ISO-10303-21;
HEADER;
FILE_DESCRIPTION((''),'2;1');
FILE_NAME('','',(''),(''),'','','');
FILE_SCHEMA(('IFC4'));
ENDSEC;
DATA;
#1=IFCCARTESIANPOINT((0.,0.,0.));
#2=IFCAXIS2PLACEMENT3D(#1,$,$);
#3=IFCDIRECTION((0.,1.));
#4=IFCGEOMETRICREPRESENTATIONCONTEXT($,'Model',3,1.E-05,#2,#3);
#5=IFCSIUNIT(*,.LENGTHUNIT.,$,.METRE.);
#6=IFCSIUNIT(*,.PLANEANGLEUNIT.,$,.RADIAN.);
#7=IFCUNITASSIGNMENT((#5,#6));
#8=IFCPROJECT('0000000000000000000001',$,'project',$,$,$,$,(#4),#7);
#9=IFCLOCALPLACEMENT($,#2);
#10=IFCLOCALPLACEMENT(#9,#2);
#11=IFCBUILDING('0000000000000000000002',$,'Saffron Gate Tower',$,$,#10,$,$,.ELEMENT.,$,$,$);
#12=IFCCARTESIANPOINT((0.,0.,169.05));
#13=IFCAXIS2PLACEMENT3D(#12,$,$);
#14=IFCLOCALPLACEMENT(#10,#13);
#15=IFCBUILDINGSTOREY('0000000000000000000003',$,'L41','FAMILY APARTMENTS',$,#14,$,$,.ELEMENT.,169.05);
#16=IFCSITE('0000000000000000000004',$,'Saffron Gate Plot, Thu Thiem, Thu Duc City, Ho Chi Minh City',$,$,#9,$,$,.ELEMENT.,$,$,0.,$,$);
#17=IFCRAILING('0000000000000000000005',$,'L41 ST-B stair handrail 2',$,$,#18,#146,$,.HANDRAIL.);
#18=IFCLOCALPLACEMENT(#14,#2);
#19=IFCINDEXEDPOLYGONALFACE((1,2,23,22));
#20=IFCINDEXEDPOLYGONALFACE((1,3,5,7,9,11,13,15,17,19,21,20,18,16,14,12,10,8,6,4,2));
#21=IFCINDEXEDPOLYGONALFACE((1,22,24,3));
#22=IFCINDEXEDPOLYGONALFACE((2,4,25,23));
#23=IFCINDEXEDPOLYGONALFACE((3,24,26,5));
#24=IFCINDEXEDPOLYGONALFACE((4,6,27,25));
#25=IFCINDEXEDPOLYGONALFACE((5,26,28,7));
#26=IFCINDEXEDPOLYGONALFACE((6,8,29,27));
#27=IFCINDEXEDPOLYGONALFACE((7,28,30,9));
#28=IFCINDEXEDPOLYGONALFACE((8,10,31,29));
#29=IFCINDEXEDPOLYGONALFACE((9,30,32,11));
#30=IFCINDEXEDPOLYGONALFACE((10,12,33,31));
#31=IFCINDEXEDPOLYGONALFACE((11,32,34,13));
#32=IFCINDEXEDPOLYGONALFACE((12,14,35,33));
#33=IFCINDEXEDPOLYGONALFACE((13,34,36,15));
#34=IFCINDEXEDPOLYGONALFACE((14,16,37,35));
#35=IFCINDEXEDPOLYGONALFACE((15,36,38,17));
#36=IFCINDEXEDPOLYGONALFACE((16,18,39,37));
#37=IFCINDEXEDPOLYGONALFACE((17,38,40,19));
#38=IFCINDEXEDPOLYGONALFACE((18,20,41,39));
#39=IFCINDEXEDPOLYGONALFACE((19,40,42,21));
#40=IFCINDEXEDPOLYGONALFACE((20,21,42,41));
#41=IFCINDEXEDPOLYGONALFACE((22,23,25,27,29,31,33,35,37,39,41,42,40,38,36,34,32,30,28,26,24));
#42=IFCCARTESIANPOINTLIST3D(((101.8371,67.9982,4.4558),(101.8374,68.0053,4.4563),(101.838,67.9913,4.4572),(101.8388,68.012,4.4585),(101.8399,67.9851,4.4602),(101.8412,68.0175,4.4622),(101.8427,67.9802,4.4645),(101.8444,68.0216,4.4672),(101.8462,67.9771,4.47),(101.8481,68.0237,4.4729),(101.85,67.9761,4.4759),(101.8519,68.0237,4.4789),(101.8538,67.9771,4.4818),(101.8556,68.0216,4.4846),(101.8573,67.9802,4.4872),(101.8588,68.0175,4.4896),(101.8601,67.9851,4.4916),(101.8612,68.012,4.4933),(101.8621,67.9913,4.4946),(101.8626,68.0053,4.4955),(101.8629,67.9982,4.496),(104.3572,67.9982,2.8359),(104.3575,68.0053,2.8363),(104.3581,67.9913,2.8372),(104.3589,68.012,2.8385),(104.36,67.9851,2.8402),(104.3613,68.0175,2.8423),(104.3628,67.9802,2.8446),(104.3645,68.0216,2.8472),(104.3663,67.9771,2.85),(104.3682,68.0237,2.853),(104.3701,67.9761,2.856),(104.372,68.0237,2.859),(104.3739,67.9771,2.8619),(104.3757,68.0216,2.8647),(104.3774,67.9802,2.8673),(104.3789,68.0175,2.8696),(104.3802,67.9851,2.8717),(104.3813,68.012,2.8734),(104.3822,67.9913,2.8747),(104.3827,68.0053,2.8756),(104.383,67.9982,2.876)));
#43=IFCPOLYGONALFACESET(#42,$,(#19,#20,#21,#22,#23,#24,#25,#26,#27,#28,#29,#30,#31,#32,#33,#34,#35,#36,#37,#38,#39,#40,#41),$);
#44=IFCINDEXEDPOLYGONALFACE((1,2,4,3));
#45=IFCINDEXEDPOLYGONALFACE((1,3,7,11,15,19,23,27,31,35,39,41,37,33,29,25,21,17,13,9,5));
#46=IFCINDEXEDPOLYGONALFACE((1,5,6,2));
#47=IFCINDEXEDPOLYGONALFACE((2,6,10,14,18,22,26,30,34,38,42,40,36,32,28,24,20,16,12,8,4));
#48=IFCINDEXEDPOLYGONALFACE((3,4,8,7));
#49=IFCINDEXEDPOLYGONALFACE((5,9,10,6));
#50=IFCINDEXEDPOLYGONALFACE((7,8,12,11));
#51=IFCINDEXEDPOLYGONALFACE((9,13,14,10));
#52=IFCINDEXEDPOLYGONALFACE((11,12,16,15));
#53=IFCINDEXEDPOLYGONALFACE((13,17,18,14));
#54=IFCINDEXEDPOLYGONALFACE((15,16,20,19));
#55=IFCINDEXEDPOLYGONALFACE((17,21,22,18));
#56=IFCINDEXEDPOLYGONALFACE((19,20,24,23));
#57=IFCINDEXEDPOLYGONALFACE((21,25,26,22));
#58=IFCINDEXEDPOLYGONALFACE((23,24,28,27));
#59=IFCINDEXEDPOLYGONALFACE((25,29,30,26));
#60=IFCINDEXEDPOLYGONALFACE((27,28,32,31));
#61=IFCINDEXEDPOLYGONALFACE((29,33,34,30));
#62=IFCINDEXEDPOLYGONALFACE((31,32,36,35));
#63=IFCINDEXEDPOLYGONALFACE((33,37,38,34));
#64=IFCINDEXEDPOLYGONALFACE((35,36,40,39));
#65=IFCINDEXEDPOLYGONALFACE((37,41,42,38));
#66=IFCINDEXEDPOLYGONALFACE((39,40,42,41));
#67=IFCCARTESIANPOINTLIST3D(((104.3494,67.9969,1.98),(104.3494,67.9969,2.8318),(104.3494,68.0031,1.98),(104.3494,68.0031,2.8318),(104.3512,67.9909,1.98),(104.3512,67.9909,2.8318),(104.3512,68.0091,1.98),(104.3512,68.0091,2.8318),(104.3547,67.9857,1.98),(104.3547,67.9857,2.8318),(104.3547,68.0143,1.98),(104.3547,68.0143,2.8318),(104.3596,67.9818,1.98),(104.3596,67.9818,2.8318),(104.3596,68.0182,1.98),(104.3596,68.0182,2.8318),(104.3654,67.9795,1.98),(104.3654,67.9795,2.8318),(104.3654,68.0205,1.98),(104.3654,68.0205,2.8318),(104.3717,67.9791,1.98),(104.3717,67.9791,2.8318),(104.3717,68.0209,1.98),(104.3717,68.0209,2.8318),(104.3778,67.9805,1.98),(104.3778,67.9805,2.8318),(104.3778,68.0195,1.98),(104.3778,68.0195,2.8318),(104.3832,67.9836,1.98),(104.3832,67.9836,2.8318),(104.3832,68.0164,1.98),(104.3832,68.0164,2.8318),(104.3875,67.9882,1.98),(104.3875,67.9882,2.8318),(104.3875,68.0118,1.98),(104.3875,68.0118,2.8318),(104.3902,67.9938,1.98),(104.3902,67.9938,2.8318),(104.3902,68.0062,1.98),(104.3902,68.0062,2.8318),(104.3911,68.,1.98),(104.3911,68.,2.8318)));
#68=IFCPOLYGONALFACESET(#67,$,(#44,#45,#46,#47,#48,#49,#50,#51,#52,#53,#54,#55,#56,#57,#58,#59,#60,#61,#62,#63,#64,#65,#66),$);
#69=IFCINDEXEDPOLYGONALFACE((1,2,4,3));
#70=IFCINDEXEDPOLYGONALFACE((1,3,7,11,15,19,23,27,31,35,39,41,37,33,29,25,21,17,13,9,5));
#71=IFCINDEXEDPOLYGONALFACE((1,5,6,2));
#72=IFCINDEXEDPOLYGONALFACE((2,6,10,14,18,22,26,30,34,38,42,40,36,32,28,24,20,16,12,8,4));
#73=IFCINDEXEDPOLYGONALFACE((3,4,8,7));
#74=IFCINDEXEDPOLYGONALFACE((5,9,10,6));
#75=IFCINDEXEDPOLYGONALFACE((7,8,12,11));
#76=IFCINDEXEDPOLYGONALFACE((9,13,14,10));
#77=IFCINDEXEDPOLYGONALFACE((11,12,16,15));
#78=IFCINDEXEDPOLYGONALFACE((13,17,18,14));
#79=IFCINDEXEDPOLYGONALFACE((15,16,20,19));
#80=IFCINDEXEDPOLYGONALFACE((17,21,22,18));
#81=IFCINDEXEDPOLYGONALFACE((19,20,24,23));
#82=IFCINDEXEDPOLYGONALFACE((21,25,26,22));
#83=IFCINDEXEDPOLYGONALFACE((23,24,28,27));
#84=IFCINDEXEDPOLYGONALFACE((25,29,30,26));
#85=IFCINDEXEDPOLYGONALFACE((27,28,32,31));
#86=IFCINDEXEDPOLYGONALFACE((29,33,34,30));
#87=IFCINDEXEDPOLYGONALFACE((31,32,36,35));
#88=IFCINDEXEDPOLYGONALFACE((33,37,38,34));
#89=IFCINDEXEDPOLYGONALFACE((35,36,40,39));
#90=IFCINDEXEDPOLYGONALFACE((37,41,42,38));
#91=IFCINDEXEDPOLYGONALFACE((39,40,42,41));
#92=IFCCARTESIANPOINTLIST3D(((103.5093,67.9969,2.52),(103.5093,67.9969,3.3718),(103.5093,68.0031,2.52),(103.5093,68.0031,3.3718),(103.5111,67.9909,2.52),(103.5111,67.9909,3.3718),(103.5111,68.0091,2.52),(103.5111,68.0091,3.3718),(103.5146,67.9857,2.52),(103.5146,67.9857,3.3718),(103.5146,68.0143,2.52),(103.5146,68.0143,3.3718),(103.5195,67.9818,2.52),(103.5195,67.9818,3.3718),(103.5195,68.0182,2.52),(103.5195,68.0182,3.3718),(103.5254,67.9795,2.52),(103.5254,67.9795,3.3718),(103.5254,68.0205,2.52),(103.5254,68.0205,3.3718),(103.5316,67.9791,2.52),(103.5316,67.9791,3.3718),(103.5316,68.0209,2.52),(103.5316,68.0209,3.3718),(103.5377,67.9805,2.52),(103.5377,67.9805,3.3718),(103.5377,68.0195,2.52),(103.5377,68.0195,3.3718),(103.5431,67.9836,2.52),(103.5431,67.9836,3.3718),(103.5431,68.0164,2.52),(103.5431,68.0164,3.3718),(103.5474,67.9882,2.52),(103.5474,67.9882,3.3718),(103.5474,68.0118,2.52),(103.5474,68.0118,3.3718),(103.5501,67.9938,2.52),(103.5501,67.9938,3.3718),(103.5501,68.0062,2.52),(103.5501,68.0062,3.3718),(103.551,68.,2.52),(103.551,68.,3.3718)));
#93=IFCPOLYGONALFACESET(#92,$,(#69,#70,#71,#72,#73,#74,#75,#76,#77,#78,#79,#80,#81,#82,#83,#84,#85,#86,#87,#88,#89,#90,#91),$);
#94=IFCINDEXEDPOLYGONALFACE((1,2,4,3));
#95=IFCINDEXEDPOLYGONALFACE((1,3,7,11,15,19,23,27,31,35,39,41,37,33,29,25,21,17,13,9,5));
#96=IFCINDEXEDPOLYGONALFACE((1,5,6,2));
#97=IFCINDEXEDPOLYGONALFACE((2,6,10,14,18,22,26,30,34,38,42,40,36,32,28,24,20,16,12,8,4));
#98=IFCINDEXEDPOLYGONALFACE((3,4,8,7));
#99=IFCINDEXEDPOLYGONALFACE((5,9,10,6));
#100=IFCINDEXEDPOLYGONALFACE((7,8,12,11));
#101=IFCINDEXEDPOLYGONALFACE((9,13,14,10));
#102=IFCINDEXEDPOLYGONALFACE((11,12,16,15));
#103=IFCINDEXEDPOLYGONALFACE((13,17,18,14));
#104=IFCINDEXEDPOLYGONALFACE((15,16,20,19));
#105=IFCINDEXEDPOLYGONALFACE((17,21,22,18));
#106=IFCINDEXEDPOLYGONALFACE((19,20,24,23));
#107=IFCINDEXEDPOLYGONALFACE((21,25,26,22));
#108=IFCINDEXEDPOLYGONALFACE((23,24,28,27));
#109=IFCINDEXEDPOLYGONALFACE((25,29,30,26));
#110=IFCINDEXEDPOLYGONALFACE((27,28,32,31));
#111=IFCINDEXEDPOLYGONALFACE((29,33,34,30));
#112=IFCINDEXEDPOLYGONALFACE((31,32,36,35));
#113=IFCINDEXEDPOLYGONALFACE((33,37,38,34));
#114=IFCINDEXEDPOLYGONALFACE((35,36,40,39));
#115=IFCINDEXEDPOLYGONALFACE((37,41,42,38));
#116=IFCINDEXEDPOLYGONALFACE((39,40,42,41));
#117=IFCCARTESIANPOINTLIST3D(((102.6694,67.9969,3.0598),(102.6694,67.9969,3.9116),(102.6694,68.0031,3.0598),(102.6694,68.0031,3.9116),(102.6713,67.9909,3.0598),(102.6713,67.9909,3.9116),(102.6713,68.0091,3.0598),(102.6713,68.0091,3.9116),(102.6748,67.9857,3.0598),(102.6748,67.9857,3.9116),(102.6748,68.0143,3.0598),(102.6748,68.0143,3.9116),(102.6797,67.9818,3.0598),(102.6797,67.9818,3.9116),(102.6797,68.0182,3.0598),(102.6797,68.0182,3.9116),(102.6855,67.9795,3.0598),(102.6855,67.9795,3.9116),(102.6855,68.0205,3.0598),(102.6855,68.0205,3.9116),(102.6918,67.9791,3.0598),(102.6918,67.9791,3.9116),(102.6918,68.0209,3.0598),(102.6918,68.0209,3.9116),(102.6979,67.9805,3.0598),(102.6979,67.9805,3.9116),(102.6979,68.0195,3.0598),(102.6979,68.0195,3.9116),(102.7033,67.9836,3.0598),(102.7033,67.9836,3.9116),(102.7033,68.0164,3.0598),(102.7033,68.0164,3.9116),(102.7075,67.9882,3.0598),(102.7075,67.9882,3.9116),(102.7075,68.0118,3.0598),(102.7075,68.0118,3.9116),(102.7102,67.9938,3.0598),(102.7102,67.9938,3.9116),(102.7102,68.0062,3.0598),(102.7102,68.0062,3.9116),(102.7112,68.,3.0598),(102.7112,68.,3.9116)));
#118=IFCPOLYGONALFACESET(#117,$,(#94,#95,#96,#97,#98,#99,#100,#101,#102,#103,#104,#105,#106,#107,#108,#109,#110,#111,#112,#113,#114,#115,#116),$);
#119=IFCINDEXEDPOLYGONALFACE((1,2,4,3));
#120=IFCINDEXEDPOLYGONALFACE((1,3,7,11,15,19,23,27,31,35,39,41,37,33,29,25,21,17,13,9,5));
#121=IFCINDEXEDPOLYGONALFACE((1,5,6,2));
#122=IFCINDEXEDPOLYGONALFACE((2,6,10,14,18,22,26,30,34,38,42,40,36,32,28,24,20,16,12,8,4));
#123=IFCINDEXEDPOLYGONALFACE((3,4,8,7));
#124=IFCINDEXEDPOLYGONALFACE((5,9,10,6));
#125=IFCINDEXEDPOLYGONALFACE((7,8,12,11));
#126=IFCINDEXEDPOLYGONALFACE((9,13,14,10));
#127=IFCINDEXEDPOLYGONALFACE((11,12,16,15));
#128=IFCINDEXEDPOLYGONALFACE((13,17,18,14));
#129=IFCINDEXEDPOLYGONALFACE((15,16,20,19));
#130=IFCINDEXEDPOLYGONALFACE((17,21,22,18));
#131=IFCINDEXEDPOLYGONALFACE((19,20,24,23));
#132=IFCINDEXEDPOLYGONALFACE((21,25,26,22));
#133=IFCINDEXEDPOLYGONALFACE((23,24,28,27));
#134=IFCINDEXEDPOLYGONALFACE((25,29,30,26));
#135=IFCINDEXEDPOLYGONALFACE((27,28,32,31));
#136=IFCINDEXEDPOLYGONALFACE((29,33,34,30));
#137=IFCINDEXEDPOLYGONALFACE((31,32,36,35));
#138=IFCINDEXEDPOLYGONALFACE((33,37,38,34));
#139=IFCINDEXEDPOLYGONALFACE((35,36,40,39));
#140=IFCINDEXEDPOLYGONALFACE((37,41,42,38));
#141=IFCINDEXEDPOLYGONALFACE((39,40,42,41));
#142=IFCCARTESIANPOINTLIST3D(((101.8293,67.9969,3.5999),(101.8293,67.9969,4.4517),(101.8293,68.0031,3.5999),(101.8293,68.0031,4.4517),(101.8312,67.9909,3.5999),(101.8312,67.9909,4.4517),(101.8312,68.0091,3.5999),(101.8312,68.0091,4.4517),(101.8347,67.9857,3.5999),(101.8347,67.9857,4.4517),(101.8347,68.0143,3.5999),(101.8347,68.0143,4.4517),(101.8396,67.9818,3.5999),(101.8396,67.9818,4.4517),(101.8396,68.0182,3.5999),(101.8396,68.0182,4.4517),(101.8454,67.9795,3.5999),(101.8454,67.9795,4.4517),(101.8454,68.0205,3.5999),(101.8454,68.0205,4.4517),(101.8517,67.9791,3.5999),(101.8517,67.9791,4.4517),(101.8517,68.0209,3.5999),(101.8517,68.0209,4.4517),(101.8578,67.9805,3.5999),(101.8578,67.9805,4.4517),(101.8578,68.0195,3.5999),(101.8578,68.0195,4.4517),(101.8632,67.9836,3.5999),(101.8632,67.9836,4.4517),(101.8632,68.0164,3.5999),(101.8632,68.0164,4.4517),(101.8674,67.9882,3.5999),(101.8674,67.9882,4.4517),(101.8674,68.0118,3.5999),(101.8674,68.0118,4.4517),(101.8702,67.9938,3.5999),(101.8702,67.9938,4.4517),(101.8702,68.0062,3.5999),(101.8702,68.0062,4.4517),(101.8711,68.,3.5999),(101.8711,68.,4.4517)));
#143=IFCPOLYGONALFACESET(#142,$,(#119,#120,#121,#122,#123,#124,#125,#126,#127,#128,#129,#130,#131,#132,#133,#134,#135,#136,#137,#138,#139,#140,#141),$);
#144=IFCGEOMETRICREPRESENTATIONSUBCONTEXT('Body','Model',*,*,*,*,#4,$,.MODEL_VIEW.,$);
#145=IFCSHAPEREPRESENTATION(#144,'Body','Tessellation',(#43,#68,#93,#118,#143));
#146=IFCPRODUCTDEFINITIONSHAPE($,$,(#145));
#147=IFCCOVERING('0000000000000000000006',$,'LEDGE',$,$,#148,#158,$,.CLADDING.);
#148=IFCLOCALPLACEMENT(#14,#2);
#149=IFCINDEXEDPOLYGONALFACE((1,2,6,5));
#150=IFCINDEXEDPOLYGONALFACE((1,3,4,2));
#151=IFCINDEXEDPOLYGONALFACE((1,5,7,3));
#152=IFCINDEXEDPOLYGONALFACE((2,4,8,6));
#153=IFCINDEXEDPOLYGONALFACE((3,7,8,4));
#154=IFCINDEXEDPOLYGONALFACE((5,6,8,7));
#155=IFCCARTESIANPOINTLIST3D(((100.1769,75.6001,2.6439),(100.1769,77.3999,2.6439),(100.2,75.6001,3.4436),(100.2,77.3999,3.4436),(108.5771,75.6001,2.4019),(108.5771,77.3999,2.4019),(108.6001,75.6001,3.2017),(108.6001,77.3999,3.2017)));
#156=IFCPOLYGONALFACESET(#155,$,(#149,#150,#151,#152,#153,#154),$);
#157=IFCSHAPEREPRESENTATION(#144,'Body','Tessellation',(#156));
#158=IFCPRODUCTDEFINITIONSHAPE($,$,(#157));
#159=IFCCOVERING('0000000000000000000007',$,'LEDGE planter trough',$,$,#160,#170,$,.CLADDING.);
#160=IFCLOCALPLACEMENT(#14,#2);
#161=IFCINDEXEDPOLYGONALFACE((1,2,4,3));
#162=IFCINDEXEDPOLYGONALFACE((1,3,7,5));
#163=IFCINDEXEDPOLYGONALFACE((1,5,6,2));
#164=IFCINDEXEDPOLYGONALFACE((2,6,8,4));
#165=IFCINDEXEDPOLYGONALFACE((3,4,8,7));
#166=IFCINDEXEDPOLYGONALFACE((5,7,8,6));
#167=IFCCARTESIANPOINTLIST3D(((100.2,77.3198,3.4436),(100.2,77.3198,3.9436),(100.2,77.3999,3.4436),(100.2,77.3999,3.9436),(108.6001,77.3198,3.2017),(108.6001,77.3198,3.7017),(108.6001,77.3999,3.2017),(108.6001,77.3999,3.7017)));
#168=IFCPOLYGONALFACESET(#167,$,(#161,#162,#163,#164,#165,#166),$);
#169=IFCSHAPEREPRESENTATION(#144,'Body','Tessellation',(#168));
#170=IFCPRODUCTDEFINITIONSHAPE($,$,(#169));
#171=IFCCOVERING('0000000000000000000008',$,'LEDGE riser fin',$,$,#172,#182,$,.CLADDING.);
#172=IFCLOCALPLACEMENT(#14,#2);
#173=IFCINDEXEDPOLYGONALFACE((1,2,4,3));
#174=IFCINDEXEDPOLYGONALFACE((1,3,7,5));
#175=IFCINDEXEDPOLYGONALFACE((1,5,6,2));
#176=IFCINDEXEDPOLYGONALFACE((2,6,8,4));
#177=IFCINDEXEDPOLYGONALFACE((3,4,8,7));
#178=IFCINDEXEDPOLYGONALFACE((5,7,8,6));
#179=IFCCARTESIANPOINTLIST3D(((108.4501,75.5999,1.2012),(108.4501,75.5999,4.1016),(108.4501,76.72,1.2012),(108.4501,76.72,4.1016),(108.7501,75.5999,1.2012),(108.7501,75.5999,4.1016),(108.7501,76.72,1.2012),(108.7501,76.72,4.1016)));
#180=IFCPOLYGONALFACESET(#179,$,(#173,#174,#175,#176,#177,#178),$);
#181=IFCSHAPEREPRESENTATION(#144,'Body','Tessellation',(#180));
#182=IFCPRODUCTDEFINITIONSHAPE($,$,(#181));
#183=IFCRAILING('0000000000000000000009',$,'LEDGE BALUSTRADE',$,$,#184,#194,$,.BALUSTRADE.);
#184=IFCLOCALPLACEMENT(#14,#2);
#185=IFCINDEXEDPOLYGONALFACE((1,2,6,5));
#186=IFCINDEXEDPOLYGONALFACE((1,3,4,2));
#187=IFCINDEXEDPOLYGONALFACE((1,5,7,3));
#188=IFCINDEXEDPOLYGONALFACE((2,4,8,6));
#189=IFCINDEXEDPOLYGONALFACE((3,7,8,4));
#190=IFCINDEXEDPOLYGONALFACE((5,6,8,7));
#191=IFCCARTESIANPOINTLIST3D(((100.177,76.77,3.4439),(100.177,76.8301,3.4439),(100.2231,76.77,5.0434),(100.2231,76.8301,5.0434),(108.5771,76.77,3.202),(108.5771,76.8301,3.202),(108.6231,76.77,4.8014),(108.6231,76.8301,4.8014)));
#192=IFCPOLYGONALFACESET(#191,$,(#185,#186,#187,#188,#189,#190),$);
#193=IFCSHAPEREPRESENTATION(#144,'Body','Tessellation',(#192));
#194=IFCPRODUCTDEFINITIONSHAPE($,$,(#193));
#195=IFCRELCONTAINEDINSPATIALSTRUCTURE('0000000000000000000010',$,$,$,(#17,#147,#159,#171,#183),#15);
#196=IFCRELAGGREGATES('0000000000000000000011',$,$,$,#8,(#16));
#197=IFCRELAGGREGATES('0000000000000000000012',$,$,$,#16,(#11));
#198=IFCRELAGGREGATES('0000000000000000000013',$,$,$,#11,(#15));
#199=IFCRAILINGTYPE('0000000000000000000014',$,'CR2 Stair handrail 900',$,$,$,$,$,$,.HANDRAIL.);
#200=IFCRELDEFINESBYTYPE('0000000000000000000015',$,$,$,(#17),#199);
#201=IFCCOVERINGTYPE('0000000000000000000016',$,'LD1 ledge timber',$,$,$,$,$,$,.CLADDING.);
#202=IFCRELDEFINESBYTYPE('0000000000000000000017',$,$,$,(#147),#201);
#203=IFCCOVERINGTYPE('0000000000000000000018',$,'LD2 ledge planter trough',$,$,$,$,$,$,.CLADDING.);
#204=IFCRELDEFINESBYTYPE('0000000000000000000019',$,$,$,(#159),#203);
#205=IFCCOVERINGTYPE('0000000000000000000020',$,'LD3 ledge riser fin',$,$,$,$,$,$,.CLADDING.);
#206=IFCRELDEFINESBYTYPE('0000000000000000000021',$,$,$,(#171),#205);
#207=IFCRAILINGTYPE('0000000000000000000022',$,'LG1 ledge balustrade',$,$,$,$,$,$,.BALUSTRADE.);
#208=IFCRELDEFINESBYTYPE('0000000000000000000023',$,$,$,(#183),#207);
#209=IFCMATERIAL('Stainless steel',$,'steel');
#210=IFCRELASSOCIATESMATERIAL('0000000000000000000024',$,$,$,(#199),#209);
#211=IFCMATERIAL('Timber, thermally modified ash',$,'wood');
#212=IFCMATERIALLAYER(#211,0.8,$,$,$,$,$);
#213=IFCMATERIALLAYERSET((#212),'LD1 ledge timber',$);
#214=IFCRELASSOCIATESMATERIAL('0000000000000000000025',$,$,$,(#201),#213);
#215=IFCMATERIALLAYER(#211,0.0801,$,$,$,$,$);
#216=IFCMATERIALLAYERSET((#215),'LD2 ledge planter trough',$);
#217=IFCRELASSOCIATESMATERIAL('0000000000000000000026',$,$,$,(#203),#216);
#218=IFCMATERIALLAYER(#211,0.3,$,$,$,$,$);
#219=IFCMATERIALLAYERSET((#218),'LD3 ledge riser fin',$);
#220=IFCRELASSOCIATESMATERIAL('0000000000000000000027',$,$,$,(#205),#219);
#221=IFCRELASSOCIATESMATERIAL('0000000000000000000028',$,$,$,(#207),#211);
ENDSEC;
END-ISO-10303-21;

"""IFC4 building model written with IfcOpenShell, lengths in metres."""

from ifc_helpers import new_model, si_unit, direction, frame, origin, origin_2d, place, context, subcontext, project, spatial, polyline, rectangle, circle, outline, extrude, material, layer, layer_set, type_object, element, save


model = new_model("IFC4")

# Units and contexts
model_context = context("Model", 3, precision=1e-05, world=origin(), true_north=direction((0.0, 1.0)))
body_context = subcontext(model_context, "Body", "Model", "MODEL_VIEW")
ifc_project = project(units=[si_unit("LENGTHUNIT", "METRE"), si_unit("PLANEANGLEUNIT", "RADIAN")], contexts=[model_context])

# Site, building, storey
site_placement = place(None, origin())
site = spatial("IfcSite", under=ifc_project, at=site_placement, Name="Saffron Gate Plot, Thu Thiem, Thu Duc City, Ho Chi Minh City", CompositionType="ELEMENT", RefElevation=0.0)
building_placement = place(site_placement, origin())
building = spatial("IfcBuilding", under=site, at=building_placement, Name="Saffron Gate Tower", CompositionType="ELEMENT")
storey_placement = place(building_placement, frame((0.0, 0.0, 169.05)))
storey = spatial("IfcBuildingStorey", under=building, at=storey_placement, Name="L41", Description="FAMILY APARTMENTS", CompositionType="ELEMENT", Elevation=169.05)

# Railing
ifc_material_1 = material(Name="Stainless steel", Category="steel")
railing_type_1 = type_object("IfcRailingType", Name="CR2 Stair handrail 900", PredefinedType="HANDRAIL", material=ifc_material_1)
railing_1_placement = place(storey_placement, frame((104.3701, 68.0, 1.98)))
element("IfcRailing", 1, at=railing_1_placement, inside=storey, type_object=railing_type_1, Name="L41 ST-B stair handrail 2", PredefinedType="HANDRAIL", context=body_context, shape_type="SweptSolid", body=[
    extrude(circle(Radius=0.0239, at=origin_2d()), frame((0.0, 0.0, 0.876), z_axis=(-0.8412, 0.0, 0.540725), x_axis=(0.0, -1.0, 0.0)), (0.0, 0.0, 1.0), 2.9958),
    extrude(circle(Radius=0.021, at=origin_2d()), origin(), (0.0, 0.0, 1.0), 0.8518),
    extrude(circle(Radius=0.021, at=origin_2d()), frame((-0.8401, 0.0, 0.54)), (0.0, 0.0, 1.0), 0.8518),
    extrude(circle(Radius=0.021, at=origin_2d()), frame((-1.6799, 0.0, 1.0798)), (0.0, 0.0, 1.0), 0.8518),
    extrude(circle(Radius=0.021, at=origin_2d()), frame((-2.52, 0.0, 1.6199)), (0.0, 0.0, 1.0), 0.8518),
])

# Coverings
ifc_material_2 = material(Name="Timber, thermally modified ash", Category="wood")
ifc_layer_1 = layer(ifc_material_2, 0.8)
ifc_layer_set_1 = layer_set([ifc_layer_1], Name="LD1 ledge timber")
covering_type_1 = type_object("IfcCoveringType", Name="LD1 ledge timber", PredefinedType="CLADDING", material=ifc_layer_set_1)
covering_1_placement = place(storey_placement, frame((108.6001, 75.6001, 3.2017), z_axis=(0.02879, 0.0, 0.999585), x_axis=(-0.999585, 0.0, 0.02879)))
element("IfcCovering", 2, at=covering_1_placement, inside=storey, type_object=covering_type_1, Name="LEDGE", PredefinedType="CLADDING", context=body_context, shape_type="SweptSolid", body=[
    extrude(outline(polyline([(0.0, 0.0), (8.4036, 0.0), (8.4036, -1.7998), (0.0, -1.7998), (0.0, 0.0)])), origin(), (0.0, 0.0, -1.0), 0.8),
])
ifc_layer_2 = layer(ifc_material_2, 0.0801)
ifc_layer_set_2 = layer_set([ifc_layer_2], Name="LD2 ledge planter trough")
covering_type_2 = type_object("IfcCoveringType", Name="LD2 ledge planter trough", PredefinedType="CLADDING", material=ifc_layer_set_2)
covering_2_placement = place(storey_placement, frame((108.6001, 77.3999, 3.2017), z_axis=(0.0, 1.0, 0.0), x_axis=(-0.999585, 0.0, 0.02879)))
element("IfcCovering", 3, at=covering_2_placement, inside=storey, type_object=covering_type_2, Name="LEDGE planter trough", PredefinedType="CLADDING", context=body_context, shape_type="SweptSolid", body=[
    extrude(outline(polyline([(0.0, 0.0), (8.4036, 0.0), (8.418, 0.4998), (0.0144, 0.4998), (0.0, 0.0)])), origin(), (0.0, 0.0, -1.0), 0.0801),
])
ifc_layer_3 = layer(ifc_material_2, 0.3)
ifc_layer_set_3 = layer_set([ifc_layer_3], Name="LD3 ledge riser fin")
covering_type_3 = type_object("IfcCoveringType", Name="LD3 ledge riser fin", PredefinedType="CLADDING", material=ifc_layer_set_3)
covering_3_placement = place(storey_placement, frame((108.6001, 76.1599, 1.2012), z_axis=(0.0, 0.0, 1.0), x_axis=(-1.0, 0.0, 0.0)))
element("IfcCovering", 4, at=covering_3_placement, inside=storey, type_object=covering_type_3, Name="LEDGE riser fin", PredefinedType="CLADDING", context=body_context, shape_type="SweptSolid", body=[
    extrude(rectangle(XDim=0.3, YDim=1.1201, at=origin_2d()), origin(), (0.0, 0.0, 1.0), 2.9004),
])

# Railing
railing_type_2 = type_object("IfcRailingType", Name="LG1 ledge balustrade", PredefinedType="BALUSTRADE", material=ifc_material_2)
railing_2_placement = place(storey_placement, frame((108.6001, 76.8, 3.2017)))
element("IfcRailing", 5, at=railing_2_placement, inside=storey, type_object=railing_type_2, Name="LEDGE BALUSTRADE", PredefinedType="BALUSTRADE", context=body_context, shape_type="SweptSolid", body=[
    extrude(rectangle(XDim=0.0601, YDim=1.6001, at=origin_2d()), frame((0.0, 0.0, 0.8), z_axis=(-0.999585, 0.0, 0.02879), x_axis=(0.0, -1.0, 0.0)), (0.0, 0.0, 1.0), 8.4036),
])

save(model, "model.ifc")
